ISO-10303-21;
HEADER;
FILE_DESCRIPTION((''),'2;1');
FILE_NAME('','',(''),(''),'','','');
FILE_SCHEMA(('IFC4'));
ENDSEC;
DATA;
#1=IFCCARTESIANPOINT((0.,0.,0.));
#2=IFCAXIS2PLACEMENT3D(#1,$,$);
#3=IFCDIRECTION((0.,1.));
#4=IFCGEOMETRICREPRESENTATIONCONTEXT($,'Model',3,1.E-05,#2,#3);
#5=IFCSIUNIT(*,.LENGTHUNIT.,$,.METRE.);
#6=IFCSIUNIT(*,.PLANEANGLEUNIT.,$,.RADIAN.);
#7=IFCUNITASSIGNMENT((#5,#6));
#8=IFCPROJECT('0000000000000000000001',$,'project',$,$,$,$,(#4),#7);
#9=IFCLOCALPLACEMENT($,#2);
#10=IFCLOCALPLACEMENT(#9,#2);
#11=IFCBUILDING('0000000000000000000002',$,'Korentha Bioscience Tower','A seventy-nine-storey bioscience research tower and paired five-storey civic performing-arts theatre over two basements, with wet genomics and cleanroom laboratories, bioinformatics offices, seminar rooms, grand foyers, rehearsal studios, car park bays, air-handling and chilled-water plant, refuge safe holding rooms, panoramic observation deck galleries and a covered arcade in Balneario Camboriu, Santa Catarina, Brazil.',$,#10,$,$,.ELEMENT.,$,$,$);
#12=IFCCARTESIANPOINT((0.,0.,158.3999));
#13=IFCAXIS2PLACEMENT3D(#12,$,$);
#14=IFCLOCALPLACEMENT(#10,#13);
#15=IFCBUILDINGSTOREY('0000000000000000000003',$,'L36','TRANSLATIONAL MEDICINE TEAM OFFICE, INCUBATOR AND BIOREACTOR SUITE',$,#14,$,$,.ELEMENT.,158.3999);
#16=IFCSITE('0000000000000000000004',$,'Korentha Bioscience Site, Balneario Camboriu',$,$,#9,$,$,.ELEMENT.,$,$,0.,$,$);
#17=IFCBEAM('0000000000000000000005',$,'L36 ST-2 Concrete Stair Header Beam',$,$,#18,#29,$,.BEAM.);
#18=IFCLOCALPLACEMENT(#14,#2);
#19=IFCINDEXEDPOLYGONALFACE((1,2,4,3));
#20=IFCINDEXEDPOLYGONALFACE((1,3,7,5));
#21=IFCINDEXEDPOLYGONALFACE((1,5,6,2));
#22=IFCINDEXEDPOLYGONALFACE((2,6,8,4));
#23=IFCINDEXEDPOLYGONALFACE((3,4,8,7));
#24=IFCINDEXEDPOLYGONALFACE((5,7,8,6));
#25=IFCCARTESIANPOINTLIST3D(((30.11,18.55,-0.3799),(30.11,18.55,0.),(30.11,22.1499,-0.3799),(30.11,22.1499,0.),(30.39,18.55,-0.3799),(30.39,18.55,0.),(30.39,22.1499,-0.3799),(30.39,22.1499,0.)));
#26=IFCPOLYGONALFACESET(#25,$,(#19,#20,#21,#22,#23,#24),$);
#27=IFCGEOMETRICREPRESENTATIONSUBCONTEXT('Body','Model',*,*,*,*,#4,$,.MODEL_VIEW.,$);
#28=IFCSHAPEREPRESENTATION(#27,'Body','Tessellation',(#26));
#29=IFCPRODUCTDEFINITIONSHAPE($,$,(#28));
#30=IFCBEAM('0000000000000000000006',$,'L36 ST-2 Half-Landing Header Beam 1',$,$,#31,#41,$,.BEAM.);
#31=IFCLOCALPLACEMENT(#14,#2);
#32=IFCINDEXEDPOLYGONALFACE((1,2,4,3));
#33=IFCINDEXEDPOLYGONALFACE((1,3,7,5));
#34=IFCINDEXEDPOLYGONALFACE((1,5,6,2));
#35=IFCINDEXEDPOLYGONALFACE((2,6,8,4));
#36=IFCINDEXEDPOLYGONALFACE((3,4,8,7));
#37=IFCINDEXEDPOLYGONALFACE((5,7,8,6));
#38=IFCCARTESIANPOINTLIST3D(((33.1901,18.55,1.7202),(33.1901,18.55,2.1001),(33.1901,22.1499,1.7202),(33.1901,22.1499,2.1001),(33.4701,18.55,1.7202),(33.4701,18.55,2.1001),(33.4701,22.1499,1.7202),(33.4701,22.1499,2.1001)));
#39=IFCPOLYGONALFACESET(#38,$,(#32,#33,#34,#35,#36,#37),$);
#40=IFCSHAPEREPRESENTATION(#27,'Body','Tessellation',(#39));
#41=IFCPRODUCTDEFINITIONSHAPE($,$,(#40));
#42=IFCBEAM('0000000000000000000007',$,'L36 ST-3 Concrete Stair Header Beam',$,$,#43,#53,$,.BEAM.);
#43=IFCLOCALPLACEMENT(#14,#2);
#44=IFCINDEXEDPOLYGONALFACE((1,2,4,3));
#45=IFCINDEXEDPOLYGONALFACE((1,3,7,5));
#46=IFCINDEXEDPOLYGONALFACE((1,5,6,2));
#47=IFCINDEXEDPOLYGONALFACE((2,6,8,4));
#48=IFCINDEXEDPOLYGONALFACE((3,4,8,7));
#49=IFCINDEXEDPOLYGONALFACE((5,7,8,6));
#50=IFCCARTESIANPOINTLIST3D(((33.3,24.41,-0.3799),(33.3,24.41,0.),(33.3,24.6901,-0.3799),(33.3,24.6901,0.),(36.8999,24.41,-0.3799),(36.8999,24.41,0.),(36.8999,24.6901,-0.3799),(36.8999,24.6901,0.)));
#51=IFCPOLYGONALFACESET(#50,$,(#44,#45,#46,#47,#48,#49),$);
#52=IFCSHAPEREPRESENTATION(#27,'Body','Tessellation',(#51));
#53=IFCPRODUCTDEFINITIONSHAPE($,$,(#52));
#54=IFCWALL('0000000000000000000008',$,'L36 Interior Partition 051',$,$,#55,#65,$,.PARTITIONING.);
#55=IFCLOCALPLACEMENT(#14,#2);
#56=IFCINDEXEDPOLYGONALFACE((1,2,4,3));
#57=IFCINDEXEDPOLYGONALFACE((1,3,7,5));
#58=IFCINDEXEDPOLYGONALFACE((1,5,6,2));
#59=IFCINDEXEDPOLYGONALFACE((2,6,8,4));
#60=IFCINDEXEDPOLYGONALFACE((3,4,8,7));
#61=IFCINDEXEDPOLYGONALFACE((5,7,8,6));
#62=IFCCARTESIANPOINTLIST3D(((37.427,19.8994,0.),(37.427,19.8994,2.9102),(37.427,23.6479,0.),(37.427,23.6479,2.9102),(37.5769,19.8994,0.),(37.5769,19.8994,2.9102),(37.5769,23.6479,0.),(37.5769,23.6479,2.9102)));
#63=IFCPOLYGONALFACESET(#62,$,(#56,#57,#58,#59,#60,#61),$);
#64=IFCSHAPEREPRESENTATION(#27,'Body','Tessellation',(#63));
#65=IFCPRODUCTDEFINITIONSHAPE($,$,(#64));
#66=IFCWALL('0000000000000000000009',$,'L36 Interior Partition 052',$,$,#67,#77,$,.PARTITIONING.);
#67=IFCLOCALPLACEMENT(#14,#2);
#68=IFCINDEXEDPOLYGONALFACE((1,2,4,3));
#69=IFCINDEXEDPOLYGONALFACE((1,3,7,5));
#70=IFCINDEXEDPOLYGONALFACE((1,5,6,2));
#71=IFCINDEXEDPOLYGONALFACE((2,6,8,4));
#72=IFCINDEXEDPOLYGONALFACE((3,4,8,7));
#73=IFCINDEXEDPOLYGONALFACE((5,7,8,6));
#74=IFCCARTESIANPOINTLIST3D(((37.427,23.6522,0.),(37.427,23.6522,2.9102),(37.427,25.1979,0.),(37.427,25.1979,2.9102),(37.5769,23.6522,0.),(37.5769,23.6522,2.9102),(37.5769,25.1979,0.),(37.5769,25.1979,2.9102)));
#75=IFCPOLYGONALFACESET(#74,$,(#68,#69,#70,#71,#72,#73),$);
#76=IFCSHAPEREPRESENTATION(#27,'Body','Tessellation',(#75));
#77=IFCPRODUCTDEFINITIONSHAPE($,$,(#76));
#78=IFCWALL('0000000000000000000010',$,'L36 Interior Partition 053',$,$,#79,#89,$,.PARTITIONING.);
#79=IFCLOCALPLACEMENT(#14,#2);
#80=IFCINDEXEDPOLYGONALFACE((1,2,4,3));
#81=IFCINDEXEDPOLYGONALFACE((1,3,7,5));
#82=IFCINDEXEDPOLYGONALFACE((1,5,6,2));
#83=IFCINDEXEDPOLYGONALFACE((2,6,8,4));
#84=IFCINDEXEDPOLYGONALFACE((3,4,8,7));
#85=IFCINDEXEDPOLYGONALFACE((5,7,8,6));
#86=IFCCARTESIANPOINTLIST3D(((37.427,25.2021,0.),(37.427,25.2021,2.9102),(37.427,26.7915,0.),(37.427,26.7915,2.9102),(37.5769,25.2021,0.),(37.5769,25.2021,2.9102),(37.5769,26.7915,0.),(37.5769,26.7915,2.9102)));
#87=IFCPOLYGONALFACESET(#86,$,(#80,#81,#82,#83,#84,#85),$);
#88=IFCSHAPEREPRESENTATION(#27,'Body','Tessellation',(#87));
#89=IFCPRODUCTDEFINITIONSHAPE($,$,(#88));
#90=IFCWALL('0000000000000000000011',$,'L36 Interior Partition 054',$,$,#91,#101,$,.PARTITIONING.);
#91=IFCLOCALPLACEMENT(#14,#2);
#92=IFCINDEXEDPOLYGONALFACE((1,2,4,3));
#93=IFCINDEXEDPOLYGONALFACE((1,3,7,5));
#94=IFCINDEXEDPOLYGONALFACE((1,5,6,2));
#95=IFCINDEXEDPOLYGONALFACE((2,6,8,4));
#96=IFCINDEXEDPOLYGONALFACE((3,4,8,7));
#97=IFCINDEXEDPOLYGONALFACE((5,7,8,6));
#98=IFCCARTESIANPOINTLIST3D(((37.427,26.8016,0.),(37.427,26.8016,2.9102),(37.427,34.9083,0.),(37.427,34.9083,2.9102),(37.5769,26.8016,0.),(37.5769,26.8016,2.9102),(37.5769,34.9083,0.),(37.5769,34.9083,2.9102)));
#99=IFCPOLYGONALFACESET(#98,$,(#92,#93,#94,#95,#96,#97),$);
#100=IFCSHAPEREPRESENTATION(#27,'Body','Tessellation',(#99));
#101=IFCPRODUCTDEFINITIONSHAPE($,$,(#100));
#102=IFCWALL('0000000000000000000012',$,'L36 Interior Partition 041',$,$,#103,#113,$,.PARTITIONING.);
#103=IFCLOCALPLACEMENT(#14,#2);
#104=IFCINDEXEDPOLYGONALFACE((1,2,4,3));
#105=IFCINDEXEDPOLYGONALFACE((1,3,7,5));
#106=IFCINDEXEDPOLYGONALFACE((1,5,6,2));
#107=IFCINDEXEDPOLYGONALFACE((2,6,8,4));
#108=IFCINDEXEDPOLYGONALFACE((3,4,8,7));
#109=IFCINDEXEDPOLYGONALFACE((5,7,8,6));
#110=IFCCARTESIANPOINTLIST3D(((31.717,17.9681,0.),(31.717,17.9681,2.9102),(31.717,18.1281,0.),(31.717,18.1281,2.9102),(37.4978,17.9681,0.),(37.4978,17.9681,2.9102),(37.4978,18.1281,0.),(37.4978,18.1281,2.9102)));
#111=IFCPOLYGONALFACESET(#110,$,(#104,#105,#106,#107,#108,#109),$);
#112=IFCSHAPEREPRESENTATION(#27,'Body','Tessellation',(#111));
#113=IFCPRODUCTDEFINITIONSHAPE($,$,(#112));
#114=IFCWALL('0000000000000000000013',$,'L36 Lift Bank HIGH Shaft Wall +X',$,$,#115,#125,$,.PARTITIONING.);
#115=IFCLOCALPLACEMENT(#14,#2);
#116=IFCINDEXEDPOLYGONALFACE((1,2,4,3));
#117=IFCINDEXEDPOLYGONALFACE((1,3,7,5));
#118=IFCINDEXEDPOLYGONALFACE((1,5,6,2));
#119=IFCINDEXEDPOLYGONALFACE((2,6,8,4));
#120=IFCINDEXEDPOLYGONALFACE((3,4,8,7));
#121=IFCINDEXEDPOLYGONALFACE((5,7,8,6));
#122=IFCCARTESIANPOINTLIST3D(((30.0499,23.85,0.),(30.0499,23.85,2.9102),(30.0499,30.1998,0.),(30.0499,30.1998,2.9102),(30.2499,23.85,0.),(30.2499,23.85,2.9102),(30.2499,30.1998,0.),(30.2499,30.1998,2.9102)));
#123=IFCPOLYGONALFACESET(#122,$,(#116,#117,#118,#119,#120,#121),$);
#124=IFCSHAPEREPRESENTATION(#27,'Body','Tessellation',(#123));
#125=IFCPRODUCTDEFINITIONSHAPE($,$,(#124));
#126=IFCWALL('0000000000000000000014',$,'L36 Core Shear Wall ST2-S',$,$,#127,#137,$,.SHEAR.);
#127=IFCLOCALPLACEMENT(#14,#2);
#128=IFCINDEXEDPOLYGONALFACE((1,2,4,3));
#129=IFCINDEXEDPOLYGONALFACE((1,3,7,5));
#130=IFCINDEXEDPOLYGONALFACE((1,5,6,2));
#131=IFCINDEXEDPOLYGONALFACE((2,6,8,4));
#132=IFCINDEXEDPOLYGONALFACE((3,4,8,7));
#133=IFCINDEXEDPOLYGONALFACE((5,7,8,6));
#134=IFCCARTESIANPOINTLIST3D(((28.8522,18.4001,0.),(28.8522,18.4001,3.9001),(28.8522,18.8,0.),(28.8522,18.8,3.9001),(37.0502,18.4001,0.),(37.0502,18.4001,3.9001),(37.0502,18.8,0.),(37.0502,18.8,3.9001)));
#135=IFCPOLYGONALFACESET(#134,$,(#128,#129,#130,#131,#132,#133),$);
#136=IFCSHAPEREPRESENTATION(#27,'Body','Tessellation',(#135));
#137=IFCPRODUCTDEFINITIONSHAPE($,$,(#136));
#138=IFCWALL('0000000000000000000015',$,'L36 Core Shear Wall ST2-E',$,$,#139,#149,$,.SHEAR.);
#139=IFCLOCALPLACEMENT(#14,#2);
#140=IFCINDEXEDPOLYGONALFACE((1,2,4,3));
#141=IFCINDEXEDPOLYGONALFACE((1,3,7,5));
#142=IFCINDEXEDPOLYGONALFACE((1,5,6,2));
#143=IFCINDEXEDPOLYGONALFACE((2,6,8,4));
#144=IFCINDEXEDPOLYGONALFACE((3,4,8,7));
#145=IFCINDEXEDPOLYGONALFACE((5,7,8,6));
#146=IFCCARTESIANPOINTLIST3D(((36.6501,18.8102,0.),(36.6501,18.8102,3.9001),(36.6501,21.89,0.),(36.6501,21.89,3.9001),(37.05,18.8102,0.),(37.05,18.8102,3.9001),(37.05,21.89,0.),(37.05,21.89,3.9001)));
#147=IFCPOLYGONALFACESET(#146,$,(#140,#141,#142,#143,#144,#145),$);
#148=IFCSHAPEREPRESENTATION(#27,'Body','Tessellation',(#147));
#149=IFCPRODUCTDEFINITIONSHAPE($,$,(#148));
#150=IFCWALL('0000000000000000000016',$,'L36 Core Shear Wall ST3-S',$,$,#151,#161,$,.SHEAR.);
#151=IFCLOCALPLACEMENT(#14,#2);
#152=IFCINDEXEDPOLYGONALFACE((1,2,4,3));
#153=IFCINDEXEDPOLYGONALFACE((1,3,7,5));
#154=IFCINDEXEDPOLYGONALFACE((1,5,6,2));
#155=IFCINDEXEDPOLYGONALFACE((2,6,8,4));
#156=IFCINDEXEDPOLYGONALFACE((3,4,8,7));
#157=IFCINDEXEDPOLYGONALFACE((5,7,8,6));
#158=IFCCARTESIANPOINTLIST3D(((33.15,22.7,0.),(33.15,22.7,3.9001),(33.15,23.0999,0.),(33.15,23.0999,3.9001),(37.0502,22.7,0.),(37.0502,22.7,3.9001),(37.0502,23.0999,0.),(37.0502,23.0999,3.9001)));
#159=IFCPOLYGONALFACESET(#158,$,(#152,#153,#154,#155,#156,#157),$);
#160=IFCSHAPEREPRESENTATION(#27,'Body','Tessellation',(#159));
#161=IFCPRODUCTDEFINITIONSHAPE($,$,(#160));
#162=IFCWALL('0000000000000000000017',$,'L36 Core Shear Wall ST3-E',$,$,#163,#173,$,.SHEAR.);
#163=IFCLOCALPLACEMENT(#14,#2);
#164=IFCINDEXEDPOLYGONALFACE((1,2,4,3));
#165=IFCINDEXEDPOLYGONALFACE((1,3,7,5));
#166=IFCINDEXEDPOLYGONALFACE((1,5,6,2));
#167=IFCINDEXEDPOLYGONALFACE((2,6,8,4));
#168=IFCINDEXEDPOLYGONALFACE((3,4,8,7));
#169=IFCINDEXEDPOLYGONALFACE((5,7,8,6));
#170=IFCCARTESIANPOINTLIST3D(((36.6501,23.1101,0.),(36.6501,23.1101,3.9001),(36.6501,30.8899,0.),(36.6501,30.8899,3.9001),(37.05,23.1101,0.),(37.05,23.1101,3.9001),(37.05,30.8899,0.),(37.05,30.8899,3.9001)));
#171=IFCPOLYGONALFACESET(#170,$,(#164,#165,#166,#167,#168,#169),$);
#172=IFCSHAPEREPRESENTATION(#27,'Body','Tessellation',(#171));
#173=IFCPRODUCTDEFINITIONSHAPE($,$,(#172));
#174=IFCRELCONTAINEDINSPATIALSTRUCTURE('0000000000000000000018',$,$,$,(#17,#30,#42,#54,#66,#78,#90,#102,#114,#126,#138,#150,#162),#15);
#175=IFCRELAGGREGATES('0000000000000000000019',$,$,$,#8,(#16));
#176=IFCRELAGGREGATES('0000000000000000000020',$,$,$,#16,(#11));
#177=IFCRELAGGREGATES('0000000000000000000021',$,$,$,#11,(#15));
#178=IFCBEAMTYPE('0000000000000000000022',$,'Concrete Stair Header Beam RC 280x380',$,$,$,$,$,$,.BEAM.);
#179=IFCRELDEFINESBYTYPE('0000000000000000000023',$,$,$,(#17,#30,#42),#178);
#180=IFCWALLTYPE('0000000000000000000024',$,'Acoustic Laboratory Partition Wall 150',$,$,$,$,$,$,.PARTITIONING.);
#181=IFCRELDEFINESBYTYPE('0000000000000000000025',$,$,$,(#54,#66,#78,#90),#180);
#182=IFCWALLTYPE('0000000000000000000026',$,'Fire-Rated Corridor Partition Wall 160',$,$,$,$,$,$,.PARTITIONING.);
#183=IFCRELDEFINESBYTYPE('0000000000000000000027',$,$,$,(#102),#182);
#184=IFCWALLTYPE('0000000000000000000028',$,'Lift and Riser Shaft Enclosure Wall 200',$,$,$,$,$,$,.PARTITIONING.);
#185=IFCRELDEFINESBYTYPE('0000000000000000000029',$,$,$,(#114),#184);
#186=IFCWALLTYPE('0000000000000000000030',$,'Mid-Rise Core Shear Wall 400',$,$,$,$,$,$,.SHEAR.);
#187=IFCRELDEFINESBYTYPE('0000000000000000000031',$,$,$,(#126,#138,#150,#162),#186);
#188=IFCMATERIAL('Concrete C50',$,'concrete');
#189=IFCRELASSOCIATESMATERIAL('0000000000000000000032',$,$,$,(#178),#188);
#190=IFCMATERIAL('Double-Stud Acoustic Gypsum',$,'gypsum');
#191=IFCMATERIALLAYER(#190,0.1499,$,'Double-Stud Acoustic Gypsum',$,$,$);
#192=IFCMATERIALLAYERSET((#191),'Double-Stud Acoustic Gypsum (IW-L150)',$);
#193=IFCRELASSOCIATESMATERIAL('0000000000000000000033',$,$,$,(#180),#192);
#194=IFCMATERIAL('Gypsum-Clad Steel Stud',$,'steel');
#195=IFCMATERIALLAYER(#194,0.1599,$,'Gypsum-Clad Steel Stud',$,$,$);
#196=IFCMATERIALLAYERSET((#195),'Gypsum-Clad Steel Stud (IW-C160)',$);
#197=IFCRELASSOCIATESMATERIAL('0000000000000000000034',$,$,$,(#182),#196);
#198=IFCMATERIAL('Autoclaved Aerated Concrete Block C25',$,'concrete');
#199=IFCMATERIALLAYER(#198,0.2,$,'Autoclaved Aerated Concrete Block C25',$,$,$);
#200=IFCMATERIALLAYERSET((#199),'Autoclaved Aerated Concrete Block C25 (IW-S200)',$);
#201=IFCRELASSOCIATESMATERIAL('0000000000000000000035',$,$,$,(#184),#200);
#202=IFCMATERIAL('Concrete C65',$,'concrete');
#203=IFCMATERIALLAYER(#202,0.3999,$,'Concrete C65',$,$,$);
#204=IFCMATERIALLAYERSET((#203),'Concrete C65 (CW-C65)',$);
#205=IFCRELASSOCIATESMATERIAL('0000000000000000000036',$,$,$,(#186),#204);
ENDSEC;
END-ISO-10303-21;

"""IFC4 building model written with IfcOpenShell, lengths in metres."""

from ifc_helpers import new_model, si_unit, direction, frame, frame_2d, origin, origin_2d, place, context, subcontext, project, spatial, rectangle, extrude, material, layer, layer_set, material_profile, profile_set, type_object, element, save


model = new_model("IFC4")

# Units and contexts
model_context = context("Model", 3, precision=1e-05, world=origin(), true_north=direction((0.0, 1.0)))
body_context = subcontext(model_context, "Body", "Model", "MODEL_VIEW")
ifc_project = project(units=[si_unit("LENGTHUNIT", "METRE"), si_unit("PLANEANGLEUNIT", "RADIAN")], contexts=[model_context])

# Site, building, storey
site_placement = place(None, origin())
site = spatial("IfcSite", under=ifc_project, at=site_placement, Name="Korentha Bioscience Site, Balneario Camboriu", CompositionType="ELEMENT", RefElevation=0.0)
building_placement = place(site_placement, origin())
building = spatial("IfcBuilding", under=site, at=building_placement, Name="Korentha Bioscience Tower", Description="A seventy-nine-storey bioscience research tower and paired five-storey civic performing-arts theatre over two basements, with wet genomics and cleanroom laboratories, bioinformatics offices, seminar rooms, grand foyers, rehearsal studios, car park bays, air-handling and chilled-water plant, refuge safe holding rooms, panoramic observation deck galleries and a covered arcade in Balneario Camboriu, Santa Catarina, Brazil.", CompositionType="ELEMENT")
storey_placement = place(building_placement, frame((0.0, 0.0, 158.3999)))
storey = spatial("IfcBuildingStorey", under=building, at=storey_placement, Name="L36", Description="TRANSLATIONAL MEDICINE TEAM OFFICE, INCUBATOR AND BIOREACTOR SUITE", CompositionType="ELEMENT", Elevation=158.3999)

# Beams
ifc_material_1 = material(Name="Concrete C50", Category="concrete")
ifc_material_profile = material_profile(ifc_material_1, rectangle(XDim=0.28, YDim=0.3799, at=origin_2d()), Name="Concrete C50")
ifc_profile_set = profile_set([ifc_material_profile], Name="Concrete C50 (ST-HB380)")
beam_type = type_object("IfcBeamType", Name="Concrete Stair Header Beam RC 280x380", PredefinedType="BEAM", material=ifc_profile_set)
for number, where, z_axis, x_axis, name in (
    (1, (30.25, 18.55, -0.1899), (0.0, 1.0, 0.0), (-1.0, 0.0, 0.0), "L36 ST-2 Concrete Stair Header Beam"),
    (2, (33.3301, 18.55, 1.9102), (0.0, 1.0, 0.0), (-1.0, 0.0, 0.0), "L36 ST-2 Half-Landing Header Beam 1"),
    (3, (36.8999, 24.55, -0.1899), (-1.0, 0.0, 0.0), (0.0, -1.0, 0.0), "L36 ST-3 Concrete Stair Header Beam"),
):
    element("IfcBeam", number, at=place(storey_placement, frame(where, z_axis=z_axis, x_axis=x_axis)), inside=storey, type_object=beam_type, Name=name, PredefinedType="BEAM", context=body_context, shape_type="SweptSolid", body=[
        extrude(rectangle(XDim=0.28, YDim=0.3799, at=origin_2d()), origin(), (0.0, 0.0, 1.0), 3.5999),
    ])

# Walls
ifc_material_2 = material(Name="Double-Stud Acoustic Gypsum", Category="gypsum")
ifc_layer_1 = layer(ifc_material_2, 0.1499, Name="Double-Stud Acoustic Gypsum")
ifc_layer_set_1 = layer_set([ifc_layer_1], Name="Double-Stud Acoustic Gypsum (IW-L150)")
wall_type_1 = type_object("IfcWallType", Name="Acoustic Laboratory Partition Wall 150", PredefinedType="PARTITIONING", material=ifc_layer_set_1)
wall_1_placement = place(storey_placement, frame((37.502, 19.8994, 0.0), z_axis=(0.0, 0.0, 1.0), x_axis=(0.0, 1.0, 0.0)))
element("IfcWall", 4, at=wall_1_placement, inside=storey, type_object=wall_type_1, Name="L36 Interior Partition 051", PredefinedType="PARTITIONING", context=body_context, shape_type="SweptSolid", body=[
    extrude(rectangle(XDim=3.7485, YDim=0.1499, at=frame_2d((1.8743, 0.0))), origin(), (0.0, 0.0, 1.0), 2.9102),
])
wall_2_placement = place(storey_placement, frame((37.502, 23.6521, 0.0), z_axis=(0.0, 0.0, 1.0), x_axis=(0.0, 1.0, 0.0)))
element("IfcWall", 5, at=wall_2_placement, inside=storey, type_object=wall_type_1, Name="L36 Interior Partition 052", PredefinedType="PARTITIONING", context=body_context, shape_type="SweptSolid", body=[
    extrude(rectangle(XDim=1.5457, YDim=0.1499, at=frame_2d((0.7729, 0.0))), origin(), (0.0, 0.0, 1.0), 2.9102),
])
wall_3_placement = place(storey_placement, frame((37.502, 25.2021, 0.0), z_axis=(0.0, 0.0, 1.0), x_axis=(0.0, 1.0, 0.0)))
element("IfcWall", 6, at=wall_3_placement, inside=storey, type_object=wall_type_1, Name="L36 Interior Partition 053", PredefinedType="PARTITIONING", context=body_context, shape_type="SweptSolid", body=[
    extrude(rectangle(XDim=1.5894, YDim=0.1499, at=frame_2d((0.7947, 0.0))), origin(), (0.0, 0.0, 1.0), 2.9102),
])
wall_4_placement = place(storey_placement, frame((37.502, 26.8018, 0.0), z_axis=(0.0, 0.0, 1.0), x_axis=(0.0, 1.0, 0.0)))
element("IfcWall", 7, at=wall_4_placement, inside=storey, type_object=wall_type_1, Name="L36 Interior Partition 054", PredefinedType="PARTITIONING", context=body_context, shape_type="SweptSolid", body=[
    extrude(rectangle(XDim=8.1067, YDim=0.1499, at=frame_2d((4.0532, 0.0))), origin(), (0.0, 0.0, 1.0), 2.9102),
])
ifc_material_3 = material(Name="Gypsum-Clad Steel Stud", Category="steel")
ifc_layer_2 = layer(ifc_material_3, 0.1599, Name="Gypsum-Clad Steel Stud")
ifc_layer_set_2 = layer_set([ifc_layer_2], Name="Gypsum-Clad Steel Stud (IW-C160)")
wall_type_2 = type_object("IfcWallType", Name="Fire-Rated Corridor Partition Wall 160", PredefinedType="PARTITIONING", material=ifc_layer_set_2)
wall_5_placement = place(storey_placement, frame((31.717, 18.0481, 0.0), z_axis=(0.0, 0.0, 1.0), x_axis=(1.0, 0.0, 0.0)))
element("IfcWall", 8, at=wall_5_placement, inside=storey, type_object=wall_type_2, Name="L36 Interior Partition 041", PredefinedType="PARTITIONING", context=body_context, shape_type="SweptSolid", body=[
    extrude(rectangle(XDim=5.7808, YDim=0.1599, at=frame_2d((2.8904, 0.0))), origin(), (0.0, 0.0, 1.0), 2.9102),
])
ifc_material_4 = material(Name="Autoclaved Aerated Concrete Block C25", Category="concrete")
ifc_layer_3 = layer(ifc_material_4, 0.2, Name="Autoclaved Aerated Concrete Block C25")
ifc_layer_set_3 = layer_set([ifc_layer_3], Name="Autoclaved Aerated Concrete Block C25 (IW-S200)")
wall_type_3 = type_object("IfcWallType", Name="Lift and Riser Shaft Enclosure Wall 200", PredefinedType="PARTITIONING", material=ifc_layer_set_3)
wall_6_placement = place(storey_placement, frame((30.1499, 23.8501, 0.0), z_axis=(0.0, 0.0, 1.0), x_axis=(0.0, 1.0, 0.0)))
element("IfcWall", 9, at=wall_6_placement, inside=storey, type_object=wall_type_3, Name="L36 Lift Bank HIGH Shaft Wall +X", PredefinedType="PARTITIONING", context=body_context, shape_type="SweptSolid", body=[
    extrude(rectangle(XDim=6.3499, YDim=0.2, at=frame_2d((3.1748, 0.0))), origin(), (0.0, 0.0, 1.0), 2.9102),
])
ifc_material_5 = material(Name="Concrete C65", Category="concrete")
ifc_layer_4 = layer(ifc_material_5, 0.3999, Name="Concrete C65")
ifc_layer_set_4 = layer_set([ifc_layer_4], Name="Concrete C65 (CW-C65)")
wall_type_4 = type_object("IfcWallType", Name="Mid-Rise Core Shear Wall 400", PredefinedType="SHEAR", material=ifc_layer_set_4)
wall_7_placement = place(storey_placement, frame((28.8521, 18.6001, 0.0), z_axis=(0.0, 0.0, 1.0), x_axis=(1.0, 0.0, 0.0)))
element("IfcWall", 10, at=wall_7_placement, inside=storey, type_object=wall_type_4, Name="L36 Core Shear Wall ST2-S", PredefinedType="SHEAR", context=body_context, shape_type="SweptSolid", body=[
    extrude(rectangle(XDim=8.198, YDim=0.3999, at=frame_2d((4.0991, 0.0))), origin(), (0.0, 0.0, 1.0), 3.9001),
])
wall_8_placement = place(storey_placement, frame((36.8501, 18.8101, 0.0), z_axis=(0.0, 0.0, 1.0), x_axis=(0.0, 1.0, 0.0)))
element("IfcWall", 11, at=wall_8_placement, inside=storey, type_object=wall_type_4, Name="L36 Core Shear Wall ST2-E", PredefinedType="SHEAR", context=body_context, shape_type="SweptSolid", body=[
    extrude(rectangle(XDim=3.0798, YDim=0.3999, at=frame_2d((1.54, 0.0))), origin(), (0.0, 0.0, 1.0), 3.9001),
])
wall_9_placement = place(storey_placement, frame((33.1499, 22.8999, 0.0), z_axis=(0.0, 0.0, 1.0), x_axis=(1.0, 0.0, 0.0)))
element("IfcWall", 12, at=wall_9_placement, inside=storey, type_object=wall_type_4, Name="L36 Core Shear Wall ST3-S", PredefinedType="SHEAR", context=body_context, shape_type="SweptSolid", body=[
    extrude(rectangle(XDim=3.9001, YDim=0.3999, at=frame_2d((1.9502, 0.0))), origin(), (0.0, 0.0, 1.0), 3.9001),
])
wall_10_placement = place(storey_placement, frame((36.8501, 23.1101, 0.0), z_axis=(0.0, 0.0, 1.0), x_axis=(0.0, 1.0, 0.0)))
element("IfcWall", 13, at=wall_10_placement, inside=storey, type_object=wall_type_4, Name="L36 Core Shear Wall ST3-E", PredefinedType="SHEAR", context=body_context, shape_type="SweptSolid", body=[
    extrude(rectangle(XDim=7.7798, YDim=0.3999, at=frame_2d((3.8899, 0.0))), origin(), (0.0, 0.0, 1.0), 3.9001),
])

save(model, "model.ifc")
